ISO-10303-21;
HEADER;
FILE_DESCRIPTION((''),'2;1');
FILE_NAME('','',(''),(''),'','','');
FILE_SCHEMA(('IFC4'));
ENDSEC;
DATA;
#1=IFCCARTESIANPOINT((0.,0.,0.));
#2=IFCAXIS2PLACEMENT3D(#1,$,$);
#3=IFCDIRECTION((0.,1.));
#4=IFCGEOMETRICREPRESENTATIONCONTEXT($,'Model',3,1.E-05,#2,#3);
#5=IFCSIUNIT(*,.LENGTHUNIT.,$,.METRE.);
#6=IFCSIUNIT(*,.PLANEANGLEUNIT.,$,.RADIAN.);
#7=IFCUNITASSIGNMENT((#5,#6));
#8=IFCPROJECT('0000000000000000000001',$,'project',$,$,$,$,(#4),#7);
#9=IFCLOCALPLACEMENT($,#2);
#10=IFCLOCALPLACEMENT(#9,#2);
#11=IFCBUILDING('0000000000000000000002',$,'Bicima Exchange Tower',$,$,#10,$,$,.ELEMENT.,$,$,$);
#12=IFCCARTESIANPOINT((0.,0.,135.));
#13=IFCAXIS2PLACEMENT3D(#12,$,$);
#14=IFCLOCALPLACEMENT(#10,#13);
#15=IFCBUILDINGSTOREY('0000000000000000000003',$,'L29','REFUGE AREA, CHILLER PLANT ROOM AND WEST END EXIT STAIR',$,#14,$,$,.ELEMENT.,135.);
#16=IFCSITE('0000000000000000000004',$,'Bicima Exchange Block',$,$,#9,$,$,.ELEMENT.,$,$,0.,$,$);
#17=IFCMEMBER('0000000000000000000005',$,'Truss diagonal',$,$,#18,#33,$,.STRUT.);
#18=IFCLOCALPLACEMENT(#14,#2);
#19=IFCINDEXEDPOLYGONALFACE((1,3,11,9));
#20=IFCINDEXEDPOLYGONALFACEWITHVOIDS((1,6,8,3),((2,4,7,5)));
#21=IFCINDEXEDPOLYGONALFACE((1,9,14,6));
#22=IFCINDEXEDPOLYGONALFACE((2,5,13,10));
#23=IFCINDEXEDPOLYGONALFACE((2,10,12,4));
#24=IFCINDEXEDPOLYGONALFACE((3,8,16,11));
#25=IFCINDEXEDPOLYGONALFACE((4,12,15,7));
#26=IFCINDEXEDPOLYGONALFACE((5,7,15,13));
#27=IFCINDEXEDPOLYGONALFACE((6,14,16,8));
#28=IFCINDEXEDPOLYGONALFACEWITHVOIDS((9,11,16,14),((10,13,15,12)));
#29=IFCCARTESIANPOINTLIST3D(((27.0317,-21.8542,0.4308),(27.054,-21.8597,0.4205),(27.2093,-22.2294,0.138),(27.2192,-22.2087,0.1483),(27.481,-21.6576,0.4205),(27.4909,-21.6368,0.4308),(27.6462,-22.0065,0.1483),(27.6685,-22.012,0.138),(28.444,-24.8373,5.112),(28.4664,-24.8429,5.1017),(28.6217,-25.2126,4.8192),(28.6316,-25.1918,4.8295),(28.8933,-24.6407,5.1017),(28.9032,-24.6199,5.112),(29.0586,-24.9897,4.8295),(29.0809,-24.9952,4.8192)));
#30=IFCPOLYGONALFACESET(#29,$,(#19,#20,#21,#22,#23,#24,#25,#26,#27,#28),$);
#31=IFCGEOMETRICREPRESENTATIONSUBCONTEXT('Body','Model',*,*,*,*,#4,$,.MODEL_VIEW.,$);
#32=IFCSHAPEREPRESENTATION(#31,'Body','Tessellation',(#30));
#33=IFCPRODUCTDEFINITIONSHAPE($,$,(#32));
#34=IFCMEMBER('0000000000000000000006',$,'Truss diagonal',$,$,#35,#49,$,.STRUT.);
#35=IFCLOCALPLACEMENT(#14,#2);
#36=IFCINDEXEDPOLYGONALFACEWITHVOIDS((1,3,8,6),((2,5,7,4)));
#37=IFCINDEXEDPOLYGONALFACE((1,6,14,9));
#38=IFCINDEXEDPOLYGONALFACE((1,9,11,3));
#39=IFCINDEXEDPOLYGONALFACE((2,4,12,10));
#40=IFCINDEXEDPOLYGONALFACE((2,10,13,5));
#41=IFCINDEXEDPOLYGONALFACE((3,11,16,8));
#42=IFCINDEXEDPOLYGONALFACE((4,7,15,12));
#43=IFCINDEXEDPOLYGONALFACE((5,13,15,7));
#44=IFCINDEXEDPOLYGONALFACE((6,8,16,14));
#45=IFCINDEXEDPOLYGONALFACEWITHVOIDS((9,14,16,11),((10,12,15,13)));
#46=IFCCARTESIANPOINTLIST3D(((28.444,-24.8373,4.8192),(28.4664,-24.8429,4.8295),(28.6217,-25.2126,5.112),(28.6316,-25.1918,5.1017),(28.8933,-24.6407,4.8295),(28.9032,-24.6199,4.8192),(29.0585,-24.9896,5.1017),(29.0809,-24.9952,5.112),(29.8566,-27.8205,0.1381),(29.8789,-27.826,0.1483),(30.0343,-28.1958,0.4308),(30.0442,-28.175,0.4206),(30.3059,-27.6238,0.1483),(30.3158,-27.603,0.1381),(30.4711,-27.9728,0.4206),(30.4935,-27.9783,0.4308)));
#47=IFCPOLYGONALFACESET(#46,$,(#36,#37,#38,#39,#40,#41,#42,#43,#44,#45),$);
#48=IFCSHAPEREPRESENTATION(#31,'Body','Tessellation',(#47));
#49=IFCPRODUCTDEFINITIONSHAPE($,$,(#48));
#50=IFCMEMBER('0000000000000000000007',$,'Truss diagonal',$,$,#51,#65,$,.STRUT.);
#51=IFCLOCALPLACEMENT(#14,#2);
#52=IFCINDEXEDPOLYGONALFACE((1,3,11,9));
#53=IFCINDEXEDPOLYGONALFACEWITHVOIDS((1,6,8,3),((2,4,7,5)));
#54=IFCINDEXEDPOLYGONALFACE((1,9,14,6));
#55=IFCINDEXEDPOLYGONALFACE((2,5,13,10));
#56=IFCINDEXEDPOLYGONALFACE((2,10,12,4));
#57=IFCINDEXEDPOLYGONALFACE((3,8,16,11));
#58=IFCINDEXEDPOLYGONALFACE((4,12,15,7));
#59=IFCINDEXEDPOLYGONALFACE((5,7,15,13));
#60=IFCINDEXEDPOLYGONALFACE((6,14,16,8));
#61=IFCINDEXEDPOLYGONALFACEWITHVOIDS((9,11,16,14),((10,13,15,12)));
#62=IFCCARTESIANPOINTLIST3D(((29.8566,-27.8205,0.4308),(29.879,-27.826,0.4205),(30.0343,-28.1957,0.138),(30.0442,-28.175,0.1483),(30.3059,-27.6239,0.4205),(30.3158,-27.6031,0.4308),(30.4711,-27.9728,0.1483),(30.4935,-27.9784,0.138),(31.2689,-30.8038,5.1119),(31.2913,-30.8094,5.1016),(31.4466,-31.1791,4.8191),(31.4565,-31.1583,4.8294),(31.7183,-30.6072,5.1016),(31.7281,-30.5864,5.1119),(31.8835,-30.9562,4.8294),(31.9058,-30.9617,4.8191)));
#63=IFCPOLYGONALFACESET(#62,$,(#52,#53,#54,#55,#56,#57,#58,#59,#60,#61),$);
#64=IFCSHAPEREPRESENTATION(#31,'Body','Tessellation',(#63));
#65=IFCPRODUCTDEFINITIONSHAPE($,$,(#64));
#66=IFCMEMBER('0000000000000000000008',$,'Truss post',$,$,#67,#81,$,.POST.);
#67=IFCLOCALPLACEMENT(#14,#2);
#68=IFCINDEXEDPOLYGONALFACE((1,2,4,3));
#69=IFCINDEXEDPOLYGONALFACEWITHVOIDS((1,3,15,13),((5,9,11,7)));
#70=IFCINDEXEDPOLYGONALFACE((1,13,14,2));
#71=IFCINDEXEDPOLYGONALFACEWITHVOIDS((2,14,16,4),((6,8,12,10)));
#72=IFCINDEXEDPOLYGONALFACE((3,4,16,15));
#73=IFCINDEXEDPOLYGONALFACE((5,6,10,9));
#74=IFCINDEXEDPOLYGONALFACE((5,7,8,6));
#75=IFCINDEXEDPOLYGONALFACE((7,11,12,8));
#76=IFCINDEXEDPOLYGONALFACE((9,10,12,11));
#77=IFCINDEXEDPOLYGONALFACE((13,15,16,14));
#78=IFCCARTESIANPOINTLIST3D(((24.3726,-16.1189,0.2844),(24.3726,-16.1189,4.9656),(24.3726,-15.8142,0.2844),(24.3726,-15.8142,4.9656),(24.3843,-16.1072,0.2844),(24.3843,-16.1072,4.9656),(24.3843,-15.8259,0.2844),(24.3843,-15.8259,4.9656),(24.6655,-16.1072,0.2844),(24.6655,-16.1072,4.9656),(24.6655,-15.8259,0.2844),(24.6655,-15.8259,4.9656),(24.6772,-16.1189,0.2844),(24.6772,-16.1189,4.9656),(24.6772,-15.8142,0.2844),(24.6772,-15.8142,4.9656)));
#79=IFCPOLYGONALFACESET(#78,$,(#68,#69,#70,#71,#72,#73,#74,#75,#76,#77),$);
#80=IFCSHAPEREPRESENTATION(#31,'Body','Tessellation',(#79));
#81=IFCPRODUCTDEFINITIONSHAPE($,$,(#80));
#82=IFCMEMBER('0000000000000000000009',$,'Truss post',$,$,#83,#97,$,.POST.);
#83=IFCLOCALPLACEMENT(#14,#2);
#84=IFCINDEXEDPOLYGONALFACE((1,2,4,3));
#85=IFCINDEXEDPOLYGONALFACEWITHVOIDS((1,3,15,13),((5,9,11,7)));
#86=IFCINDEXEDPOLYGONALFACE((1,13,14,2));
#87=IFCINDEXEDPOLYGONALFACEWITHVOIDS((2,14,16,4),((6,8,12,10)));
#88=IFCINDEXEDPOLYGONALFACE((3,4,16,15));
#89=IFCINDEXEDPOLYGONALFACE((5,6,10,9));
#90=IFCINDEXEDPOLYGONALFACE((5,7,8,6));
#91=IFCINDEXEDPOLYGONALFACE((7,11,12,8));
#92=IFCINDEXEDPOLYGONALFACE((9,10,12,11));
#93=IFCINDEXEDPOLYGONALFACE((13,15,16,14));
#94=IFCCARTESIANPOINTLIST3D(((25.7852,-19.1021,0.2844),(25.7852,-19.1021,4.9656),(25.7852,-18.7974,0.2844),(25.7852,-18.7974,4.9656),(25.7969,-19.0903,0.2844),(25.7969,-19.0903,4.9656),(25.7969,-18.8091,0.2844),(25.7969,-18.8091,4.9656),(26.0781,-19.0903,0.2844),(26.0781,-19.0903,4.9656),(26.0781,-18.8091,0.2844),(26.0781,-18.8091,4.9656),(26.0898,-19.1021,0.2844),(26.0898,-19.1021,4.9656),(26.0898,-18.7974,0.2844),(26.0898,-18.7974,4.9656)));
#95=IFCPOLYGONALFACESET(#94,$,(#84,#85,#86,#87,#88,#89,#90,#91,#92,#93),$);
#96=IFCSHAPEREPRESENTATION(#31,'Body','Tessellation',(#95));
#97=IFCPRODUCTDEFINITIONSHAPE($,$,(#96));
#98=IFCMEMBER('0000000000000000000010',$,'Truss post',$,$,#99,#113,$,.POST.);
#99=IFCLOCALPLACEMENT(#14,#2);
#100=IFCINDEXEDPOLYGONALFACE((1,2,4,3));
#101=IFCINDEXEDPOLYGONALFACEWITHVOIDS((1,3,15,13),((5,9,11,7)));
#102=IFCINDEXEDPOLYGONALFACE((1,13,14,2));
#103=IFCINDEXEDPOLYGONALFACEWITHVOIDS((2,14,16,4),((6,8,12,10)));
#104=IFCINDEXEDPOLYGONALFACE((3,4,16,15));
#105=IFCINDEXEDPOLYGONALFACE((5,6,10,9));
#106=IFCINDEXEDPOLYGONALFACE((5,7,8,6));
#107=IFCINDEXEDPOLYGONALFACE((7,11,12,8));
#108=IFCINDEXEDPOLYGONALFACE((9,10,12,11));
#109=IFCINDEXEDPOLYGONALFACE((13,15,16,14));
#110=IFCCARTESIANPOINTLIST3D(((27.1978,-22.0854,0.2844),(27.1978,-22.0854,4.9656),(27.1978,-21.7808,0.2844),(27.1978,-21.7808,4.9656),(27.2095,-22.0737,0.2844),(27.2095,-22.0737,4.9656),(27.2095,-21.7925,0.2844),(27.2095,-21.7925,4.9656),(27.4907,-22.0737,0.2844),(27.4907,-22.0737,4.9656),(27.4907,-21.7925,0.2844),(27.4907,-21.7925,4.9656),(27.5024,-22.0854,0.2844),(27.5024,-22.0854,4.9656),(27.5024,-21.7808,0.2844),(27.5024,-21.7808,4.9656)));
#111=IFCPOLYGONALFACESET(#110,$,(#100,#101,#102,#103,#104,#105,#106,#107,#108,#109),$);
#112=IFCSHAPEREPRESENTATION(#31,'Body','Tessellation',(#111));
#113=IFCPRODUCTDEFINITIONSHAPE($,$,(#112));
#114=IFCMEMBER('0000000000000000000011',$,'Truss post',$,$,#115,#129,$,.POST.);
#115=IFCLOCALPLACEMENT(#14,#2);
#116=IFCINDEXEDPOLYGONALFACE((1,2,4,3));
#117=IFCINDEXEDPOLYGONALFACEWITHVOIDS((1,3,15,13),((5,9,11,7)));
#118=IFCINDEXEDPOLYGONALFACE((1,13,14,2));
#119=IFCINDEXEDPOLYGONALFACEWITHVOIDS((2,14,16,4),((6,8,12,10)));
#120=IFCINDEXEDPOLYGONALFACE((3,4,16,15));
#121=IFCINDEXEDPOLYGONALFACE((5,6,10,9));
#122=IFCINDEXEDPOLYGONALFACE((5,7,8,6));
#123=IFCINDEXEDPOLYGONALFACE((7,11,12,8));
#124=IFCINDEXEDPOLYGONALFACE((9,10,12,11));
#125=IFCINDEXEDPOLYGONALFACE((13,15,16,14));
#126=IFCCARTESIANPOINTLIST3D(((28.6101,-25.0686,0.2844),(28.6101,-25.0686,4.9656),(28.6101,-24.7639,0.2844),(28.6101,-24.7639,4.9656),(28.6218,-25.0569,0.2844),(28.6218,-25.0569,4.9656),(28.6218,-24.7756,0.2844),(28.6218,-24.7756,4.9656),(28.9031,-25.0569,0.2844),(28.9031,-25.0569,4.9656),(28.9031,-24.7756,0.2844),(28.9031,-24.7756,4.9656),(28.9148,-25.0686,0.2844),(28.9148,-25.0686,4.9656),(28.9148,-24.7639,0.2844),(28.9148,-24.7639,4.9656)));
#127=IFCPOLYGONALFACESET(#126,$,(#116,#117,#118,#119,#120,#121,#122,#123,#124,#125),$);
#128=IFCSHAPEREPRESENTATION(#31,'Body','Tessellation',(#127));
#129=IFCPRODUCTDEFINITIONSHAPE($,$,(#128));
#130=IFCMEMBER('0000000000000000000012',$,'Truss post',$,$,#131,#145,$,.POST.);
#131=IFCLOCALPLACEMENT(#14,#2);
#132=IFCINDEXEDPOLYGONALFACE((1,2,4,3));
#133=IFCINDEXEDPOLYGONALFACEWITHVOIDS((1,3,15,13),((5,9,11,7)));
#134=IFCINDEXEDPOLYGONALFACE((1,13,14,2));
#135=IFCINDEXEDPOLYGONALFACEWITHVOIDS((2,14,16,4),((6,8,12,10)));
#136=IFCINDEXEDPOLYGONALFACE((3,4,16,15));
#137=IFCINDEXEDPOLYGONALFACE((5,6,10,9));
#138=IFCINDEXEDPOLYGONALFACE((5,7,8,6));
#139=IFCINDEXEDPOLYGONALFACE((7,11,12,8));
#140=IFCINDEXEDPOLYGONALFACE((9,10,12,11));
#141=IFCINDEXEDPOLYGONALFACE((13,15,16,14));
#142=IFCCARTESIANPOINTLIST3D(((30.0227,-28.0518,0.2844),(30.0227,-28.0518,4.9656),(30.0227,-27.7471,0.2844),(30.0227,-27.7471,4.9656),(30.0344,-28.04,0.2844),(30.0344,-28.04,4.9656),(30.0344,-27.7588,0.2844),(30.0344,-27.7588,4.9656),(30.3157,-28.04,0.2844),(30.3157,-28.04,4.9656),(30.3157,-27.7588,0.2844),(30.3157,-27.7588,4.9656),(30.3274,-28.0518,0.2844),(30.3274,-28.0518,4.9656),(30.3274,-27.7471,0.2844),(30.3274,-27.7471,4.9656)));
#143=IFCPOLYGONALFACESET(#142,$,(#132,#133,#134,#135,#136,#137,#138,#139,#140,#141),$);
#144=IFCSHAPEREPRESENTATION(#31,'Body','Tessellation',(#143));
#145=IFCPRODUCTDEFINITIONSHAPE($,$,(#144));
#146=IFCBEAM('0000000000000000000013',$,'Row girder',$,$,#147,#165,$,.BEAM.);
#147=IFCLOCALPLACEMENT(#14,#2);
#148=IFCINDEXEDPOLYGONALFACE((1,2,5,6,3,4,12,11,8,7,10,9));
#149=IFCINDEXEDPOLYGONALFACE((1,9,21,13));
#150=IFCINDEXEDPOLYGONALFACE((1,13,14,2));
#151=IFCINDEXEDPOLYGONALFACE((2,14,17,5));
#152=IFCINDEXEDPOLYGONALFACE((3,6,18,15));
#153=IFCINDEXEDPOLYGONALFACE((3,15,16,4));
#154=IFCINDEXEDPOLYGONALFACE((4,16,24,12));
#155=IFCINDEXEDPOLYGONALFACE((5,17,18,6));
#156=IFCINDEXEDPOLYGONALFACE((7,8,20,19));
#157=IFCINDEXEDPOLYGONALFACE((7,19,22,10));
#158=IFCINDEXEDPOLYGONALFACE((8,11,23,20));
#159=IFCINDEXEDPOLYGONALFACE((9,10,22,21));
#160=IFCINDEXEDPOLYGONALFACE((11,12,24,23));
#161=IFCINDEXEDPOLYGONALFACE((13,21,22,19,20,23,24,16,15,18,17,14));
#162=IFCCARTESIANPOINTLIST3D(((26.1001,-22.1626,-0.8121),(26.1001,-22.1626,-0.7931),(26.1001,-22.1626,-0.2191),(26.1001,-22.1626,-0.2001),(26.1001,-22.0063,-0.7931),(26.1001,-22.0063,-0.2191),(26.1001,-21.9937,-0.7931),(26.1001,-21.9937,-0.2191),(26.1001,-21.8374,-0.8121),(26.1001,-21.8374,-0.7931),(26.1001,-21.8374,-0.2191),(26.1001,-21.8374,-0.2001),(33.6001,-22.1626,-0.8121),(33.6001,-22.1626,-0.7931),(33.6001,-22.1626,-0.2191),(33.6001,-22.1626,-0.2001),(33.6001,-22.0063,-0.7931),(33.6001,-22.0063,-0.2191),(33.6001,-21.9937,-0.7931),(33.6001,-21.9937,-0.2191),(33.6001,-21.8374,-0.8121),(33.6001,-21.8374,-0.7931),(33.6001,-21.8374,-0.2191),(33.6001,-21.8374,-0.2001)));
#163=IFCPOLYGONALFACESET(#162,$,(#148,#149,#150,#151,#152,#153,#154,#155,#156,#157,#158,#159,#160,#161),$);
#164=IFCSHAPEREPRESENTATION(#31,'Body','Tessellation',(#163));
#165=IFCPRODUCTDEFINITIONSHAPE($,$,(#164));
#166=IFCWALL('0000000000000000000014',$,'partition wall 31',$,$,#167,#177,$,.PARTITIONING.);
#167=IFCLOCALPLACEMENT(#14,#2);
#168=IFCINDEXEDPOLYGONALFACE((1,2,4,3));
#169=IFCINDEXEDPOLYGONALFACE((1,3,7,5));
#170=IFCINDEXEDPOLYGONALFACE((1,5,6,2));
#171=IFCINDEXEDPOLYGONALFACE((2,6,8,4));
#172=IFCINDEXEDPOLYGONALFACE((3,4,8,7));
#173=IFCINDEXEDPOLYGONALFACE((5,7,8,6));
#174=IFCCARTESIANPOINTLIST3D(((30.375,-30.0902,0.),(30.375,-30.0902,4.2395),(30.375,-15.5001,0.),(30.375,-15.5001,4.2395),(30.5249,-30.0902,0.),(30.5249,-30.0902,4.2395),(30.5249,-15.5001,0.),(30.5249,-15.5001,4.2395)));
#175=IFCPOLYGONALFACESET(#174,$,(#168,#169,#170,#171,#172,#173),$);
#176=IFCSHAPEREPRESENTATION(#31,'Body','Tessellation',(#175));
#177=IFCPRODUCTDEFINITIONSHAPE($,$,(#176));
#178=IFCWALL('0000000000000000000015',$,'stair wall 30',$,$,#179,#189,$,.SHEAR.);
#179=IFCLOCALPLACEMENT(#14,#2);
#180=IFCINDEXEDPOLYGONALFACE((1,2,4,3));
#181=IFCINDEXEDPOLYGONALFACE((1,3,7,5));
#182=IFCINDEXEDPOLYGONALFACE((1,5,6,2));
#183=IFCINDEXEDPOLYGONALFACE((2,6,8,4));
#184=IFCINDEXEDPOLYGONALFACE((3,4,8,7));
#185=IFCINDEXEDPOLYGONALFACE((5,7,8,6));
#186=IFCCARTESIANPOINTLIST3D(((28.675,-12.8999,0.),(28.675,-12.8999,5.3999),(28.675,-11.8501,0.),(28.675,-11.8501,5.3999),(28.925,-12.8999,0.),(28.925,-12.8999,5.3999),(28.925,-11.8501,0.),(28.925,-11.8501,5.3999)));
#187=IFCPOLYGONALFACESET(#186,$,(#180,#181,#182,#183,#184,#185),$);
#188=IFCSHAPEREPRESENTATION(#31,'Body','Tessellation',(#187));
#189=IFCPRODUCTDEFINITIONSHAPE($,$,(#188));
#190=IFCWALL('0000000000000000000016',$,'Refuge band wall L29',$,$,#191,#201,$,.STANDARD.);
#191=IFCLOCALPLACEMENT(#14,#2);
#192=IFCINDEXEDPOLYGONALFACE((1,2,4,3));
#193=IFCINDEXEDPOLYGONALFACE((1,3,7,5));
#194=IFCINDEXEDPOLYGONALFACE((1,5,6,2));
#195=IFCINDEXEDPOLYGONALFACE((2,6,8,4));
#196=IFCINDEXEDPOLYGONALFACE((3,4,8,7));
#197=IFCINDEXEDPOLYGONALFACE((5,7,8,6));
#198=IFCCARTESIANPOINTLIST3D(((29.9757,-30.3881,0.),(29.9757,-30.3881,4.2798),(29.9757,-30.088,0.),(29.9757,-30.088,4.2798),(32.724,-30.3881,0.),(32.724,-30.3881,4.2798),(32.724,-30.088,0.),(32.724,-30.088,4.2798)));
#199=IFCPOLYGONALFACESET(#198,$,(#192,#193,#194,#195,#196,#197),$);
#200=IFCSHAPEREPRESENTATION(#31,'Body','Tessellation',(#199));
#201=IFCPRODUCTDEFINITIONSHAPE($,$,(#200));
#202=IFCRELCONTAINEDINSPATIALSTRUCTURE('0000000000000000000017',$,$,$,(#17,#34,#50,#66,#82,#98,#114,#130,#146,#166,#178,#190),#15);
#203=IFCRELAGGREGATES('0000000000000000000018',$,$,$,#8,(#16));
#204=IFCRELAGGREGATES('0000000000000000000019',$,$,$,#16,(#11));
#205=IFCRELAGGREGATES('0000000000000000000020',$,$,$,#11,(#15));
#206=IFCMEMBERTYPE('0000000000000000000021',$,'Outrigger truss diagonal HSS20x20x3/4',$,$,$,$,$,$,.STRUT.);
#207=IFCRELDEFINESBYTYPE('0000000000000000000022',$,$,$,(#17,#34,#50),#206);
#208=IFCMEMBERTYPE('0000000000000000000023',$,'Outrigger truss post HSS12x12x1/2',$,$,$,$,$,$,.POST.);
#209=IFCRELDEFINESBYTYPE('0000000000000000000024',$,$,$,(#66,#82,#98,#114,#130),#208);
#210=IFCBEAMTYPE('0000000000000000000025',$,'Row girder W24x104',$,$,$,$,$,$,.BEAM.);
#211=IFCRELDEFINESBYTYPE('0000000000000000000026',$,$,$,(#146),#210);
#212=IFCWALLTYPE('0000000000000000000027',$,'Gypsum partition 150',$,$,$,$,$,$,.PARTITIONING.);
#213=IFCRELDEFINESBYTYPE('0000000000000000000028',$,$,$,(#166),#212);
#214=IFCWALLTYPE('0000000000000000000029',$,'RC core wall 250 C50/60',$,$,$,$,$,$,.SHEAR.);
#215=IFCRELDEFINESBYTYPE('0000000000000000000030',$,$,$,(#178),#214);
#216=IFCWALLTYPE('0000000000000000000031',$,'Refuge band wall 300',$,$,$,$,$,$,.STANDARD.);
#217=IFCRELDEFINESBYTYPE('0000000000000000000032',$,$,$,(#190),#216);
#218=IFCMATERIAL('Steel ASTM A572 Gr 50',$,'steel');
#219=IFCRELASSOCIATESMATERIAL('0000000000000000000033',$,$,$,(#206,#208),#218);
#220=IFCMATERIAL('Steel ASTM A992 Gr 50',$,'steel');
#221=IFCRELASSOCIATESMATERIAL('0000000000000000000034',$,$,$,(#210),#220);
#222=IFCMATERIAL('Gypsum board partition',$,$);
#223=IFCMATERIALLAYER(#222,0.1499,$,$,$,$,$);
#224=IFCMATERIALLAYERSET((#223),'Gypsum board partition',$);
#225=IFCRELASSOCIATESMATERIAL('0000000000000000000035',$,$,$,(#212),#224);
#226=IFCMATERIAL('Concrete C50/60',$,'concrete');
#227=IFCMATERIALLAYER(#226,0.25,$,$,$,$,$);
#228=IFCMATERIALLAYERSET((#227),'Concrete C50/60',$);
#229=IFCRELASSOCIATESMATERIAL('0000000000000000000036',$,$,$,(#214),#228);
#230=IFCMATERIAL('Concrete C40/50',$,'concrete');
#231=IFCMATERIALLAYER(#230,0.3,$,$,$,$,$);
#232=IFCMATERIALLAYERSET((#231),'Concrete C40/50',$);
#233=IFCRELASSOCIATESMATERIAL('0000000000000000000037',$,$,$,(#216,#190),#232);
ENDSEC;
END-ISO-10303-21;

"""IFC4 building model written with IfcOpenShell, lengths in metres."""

from ifc_helpers import new_model, si_unit, direction, frame, frame_2d, origin, origin_2d, place, context, subcontext, project, spatial, rectangle, hollow_rectangle, i_section, extrude, material, layer, layer_set, layer_usage, material_profile, profile_set, type_object, element, save


model = new_model("IFC4")

# Units and contexts
model_context = context("Model", 3, precision=1e-05, world=origin(), true_north=direction((0.0, 1.0)))
body_context = subcontext(model_context, "Body", "Model", "MODEL_VIEW")
ifc_project = project(units=[si_unit("LENGTHUNIT", "METRE"), si_unit("PLANEANGLEUNIT", "RADIAN")], contexts=[model_context])

# Site, building, storey
site_placement = place(None, origin())
site = spatial("IfcSite", under=ifc_project, at=site_placement, Name="Bicima Exchange Block", CompositionType="ELEMENT", RefElevation=0.0)
building_placement = place(site_placement, origin())
building = spatial("IfcBuilding", under=site, at=building_placement, Name="Bicima Exchange Tower", CompositionType="ELEMENT")
storey_placement = place(building_placement, frame((0.0, 0.0, 135.0)))
storey = spatial("IfcBuildingStorey", under=building, at=storey_placement, Name="L29", Description="REFUGE AREA, CHILLER PLANT ROOM AND WEST END EXIT STAIR", CompositionType="ELEMENT", Elevation=135.0)

# Shared definitions
ifc_material_1 = material(Name="Steel ASTM A572 Gr 50", Category="steel")

# Shared definitions
ifc_material_2 = material(Name="Steel ASTM A992 Gr 50", Category="steel")

# Members
ifc_material_profile_1 = material_profile(ifc_material_1, hollow_rectangle(XDim=0.5081, YDim=0.5081, WallThickness=0.0178, at=origin_2d()))
ifc_profile_set_1 = profile_set([ifc_material_profile_1], Name="Steel ASTM A572 Gr 50")
member_type_1 = type_object("IfcMemberType", Name="Outrigger truss diagonal HSS20x20x3/4", PredefinedType="STRUT", material=ifc_profile_set_1)
for number, where, z_axis, x_axis, name in (
    (1, (27.3501, -21.9331, 0.2844), (0.246581, -0.520825, 0.817276), (0.903822, 0.427908, 0.0), "Truss diagonal"),
    (2, (28.7625, -24.9163, 4.9656), (0.246621, -0.520819, -0.817267), (0.903794, 0.427969, 0.0), "Truss diagonal"),
    (3, (30.175, -27.8994, 0.2844), (0.246575, -0.520856, 0.817258), (0.903836, 0.42788, 0.0), "Truss diagonal"),
):
    element("IfcMember", number, at=place(storey_placement, frame(where, z_axis=z_axis, x_axis=x_axis)), inside=storey, type_object=member_type_1, Name=name, PredefinedType="STRUT", context=body_context, shape_type="SweptSolid", body=[
        extrude(hollow_rectangle(XDim=0.5081, YDim=0.5081, WallThickness=0.0178, at=origin_2d()), origin(), (0.0, 0.0, 1.0), 5.7278),
    ])
ifc_material_profile_2 = material_profile(ifc_material_1, hollow_rectangle(XDim=0.3047, YDim=0.3047, WallThickness=0.0117, at=origin_2d()))
ifc_profile_set_2 = profile_set([ifc_material_profile_2], Name="Steel ASTM A572 Gr 50")
member_type_2 = type_object("IfcMemberType", Name="Outrigger truss post HSS12x12x1/2", PredefinedType="POST", material=ifc_profile_set_2)
for number, where, z_axis, x_axis, name in (
    (4, (24.5249, -15.9666, 0.2844), (0.0, 0.0, 1.0), (1.0, 0.0, 0.0), "Truss post"),
    (5, (25.9375, -18.9497, 0.2844), (0.0, 0.0, 1.0), (1.0, 0.0, 0.0), "Truss post"),
    (6, (27.3501, -21.9331, 0.2844), (0.0, 0.0, 1.0), (1.0, 0.0, 0.0), "Truss post"),
    (7, (28.7625, -24.9163, 0.2844), (0.0, 0.0, 1.0), (1.0, 0.0, 0.0), "Truss post"),
    (8, (30.175, -27.8994, 0.2844), (0.0, 0.0, 1.0), (1.0, 0.0, 0.0), "Truss post"),
):
    element("IfcMember", number, at=place(storey_placement, frame(where, z_axis=z_axis, x_axis=x_axis)), inside=storey, type_object=member_type_2, Name=name, PredefinedType="POST", context=body_context, shape_type="SweptSolid", body=[
        extrude(hollow_rectangle(XDim=0.3047, YDim=0.3047, WallThickness=0.0117, at=origin_2d()), origin(), (0.0, 0.0, 1.0), 4.6812),
    ])

# Beam
ifc_material_profile_3 = material_profile(ifc_material_2, i_section(OverallWidth=0.3252, OverallDepth=0.6121, WebThickness=0.0127, FlangeThickness=0.019, at=origin_2d()))
ifc_profile_set_3 = profile_set([ifc_material_profile_3], Name="Steel ASTM A992 Gr 50")
beam_type_1 = type_object("IfcBeamType", Name="Row girder W24x104", PredefinedType="BEAM", material=ifc_profile_set_3)
beam_1_placement = place(storey_placement, frame((26.1001, -22.0, -0.5061), z_axis=(1.0, 0.0, 0.0), x_axis=(0.0, 1.0, 0.0)))
element("IfcBeam", 9, at=beam_1_placement, inside=storey, type_object=beam_type_1, Name="Row girder", PredefinedType="BEAM", context=body_context, shape_type="SweptSolid", body=[
    extrude(i_section(OverallWidth=0.3252, OverallDepth=0.6121, WebThickness=0.0127, FlangeThickness=0.019, at=origin_2d()), origin(), (0.0, 0.0, 1.0), 7.5),
])

# Walls
ifc_material_3 = material(Name="Gypsum board partition")
ifc_layer_1 = layer(ifc_material_3, 0.1499)
ifc_layer_set_1 = layer_set([ifc_layer_1], Name="Gypsum board partition")
wall_type_1 = type_object("IfcWallType", Name="Gypsum partition 150", PredefinedType="PARTITIONING", material=ifc_layer_set_1)
wall_1_placement = place(storey_placement, frame((30.45, -30.0901, 0.0), z_axis=(0.0, 0.0, 1.0), x_axis=(0.0, 1.0, 0.0)))
element("IfcWall", 10, at=wall_1_placement, inside=storey, type_object=wall_type_1, Name="partition wall 31", PredefinedType="PARTITIONING", context=body_context, shape_type="SweptSolid", body=[
    extrude(rectangle(XDim=14.5901, YDim=0.1499, at=frame_2d((7.2949, 0.0))), origin(), (0.0, 0.0, 1.0), 4.2395),
])
ifc_material_4 = material(Name="Concrete C50/60", Category="concrete")
ifc_layer_2 = layer(ifc_material_4, 0.25)
ifc_layer_set_2 = layer_set([ifc_layer_2], Name="Concrete C50/60")
wall_type_2 = type_object("IfcWallType", Name="RC core wall 250 C50/60", PredefinedType="SHEAR", material=ifc_layer_set_2)
wall_2_placement = place(storey_placement, frame((28.8, -12.8999, 0.0), z_axis=(0.0, 0.0, 1.0), x_axis=(0.0, 1.0, 0.0)))
element("IfcWall", 11, at=wall_2_placement, inside=storey, type_object=wall_type_2, Name="stair wall 30", PredefinedType="SHEAR", context=body_context, shape_type="SweptSolid", body=[
    extrude(rectangle(XDim=1.0498, YDim=0.25, at=frame_2d((0.5249, 0.0))), origin(), (0.0, 0.0, 1.0), 5.3999),
])
ifc_material_5 = material(Name="Concrete C40/50", Category="concrete")
ifc_layer_3 = layer(ifc_material_5, 0.3)
ifc_layer_set_3 = layer_set([ifc_layer_3], Name="Concrete C40/50")
ifc_layer_usage = layer_usage(ifc_layer_set_3, "AXIS2", "POSITIVE", -0.15)
wall_type_3 = type_object("IfcWallType", Name="Refuge band wall 300", PredefinedType="STANDARD", material=ifc_layer_set_3)
wall_3_placement = place(storey_placement, frame((29.9758, -30.238, 0.0), z_axis=(0.0, 0.0, 1.0), x_axis=(1.0, 0.0, 0.0)))
element("IfcWall", 12, at=wall_3_placement, inside=storey, type_object=wall_type_3, material=ifc_layer_usage, Name="Refuge band wall L29", PredefinedType="STANDARD", context=body_context, shape_type="SweptSolid", body=[
    extrude(rectangle(XDim=2.7483, YDim=0.3, at=frame_2d((1.374, 0.0))), origin(), (0.0, 0.0, 1.0), 4.2798),
])

save(model, "model.ifc")
